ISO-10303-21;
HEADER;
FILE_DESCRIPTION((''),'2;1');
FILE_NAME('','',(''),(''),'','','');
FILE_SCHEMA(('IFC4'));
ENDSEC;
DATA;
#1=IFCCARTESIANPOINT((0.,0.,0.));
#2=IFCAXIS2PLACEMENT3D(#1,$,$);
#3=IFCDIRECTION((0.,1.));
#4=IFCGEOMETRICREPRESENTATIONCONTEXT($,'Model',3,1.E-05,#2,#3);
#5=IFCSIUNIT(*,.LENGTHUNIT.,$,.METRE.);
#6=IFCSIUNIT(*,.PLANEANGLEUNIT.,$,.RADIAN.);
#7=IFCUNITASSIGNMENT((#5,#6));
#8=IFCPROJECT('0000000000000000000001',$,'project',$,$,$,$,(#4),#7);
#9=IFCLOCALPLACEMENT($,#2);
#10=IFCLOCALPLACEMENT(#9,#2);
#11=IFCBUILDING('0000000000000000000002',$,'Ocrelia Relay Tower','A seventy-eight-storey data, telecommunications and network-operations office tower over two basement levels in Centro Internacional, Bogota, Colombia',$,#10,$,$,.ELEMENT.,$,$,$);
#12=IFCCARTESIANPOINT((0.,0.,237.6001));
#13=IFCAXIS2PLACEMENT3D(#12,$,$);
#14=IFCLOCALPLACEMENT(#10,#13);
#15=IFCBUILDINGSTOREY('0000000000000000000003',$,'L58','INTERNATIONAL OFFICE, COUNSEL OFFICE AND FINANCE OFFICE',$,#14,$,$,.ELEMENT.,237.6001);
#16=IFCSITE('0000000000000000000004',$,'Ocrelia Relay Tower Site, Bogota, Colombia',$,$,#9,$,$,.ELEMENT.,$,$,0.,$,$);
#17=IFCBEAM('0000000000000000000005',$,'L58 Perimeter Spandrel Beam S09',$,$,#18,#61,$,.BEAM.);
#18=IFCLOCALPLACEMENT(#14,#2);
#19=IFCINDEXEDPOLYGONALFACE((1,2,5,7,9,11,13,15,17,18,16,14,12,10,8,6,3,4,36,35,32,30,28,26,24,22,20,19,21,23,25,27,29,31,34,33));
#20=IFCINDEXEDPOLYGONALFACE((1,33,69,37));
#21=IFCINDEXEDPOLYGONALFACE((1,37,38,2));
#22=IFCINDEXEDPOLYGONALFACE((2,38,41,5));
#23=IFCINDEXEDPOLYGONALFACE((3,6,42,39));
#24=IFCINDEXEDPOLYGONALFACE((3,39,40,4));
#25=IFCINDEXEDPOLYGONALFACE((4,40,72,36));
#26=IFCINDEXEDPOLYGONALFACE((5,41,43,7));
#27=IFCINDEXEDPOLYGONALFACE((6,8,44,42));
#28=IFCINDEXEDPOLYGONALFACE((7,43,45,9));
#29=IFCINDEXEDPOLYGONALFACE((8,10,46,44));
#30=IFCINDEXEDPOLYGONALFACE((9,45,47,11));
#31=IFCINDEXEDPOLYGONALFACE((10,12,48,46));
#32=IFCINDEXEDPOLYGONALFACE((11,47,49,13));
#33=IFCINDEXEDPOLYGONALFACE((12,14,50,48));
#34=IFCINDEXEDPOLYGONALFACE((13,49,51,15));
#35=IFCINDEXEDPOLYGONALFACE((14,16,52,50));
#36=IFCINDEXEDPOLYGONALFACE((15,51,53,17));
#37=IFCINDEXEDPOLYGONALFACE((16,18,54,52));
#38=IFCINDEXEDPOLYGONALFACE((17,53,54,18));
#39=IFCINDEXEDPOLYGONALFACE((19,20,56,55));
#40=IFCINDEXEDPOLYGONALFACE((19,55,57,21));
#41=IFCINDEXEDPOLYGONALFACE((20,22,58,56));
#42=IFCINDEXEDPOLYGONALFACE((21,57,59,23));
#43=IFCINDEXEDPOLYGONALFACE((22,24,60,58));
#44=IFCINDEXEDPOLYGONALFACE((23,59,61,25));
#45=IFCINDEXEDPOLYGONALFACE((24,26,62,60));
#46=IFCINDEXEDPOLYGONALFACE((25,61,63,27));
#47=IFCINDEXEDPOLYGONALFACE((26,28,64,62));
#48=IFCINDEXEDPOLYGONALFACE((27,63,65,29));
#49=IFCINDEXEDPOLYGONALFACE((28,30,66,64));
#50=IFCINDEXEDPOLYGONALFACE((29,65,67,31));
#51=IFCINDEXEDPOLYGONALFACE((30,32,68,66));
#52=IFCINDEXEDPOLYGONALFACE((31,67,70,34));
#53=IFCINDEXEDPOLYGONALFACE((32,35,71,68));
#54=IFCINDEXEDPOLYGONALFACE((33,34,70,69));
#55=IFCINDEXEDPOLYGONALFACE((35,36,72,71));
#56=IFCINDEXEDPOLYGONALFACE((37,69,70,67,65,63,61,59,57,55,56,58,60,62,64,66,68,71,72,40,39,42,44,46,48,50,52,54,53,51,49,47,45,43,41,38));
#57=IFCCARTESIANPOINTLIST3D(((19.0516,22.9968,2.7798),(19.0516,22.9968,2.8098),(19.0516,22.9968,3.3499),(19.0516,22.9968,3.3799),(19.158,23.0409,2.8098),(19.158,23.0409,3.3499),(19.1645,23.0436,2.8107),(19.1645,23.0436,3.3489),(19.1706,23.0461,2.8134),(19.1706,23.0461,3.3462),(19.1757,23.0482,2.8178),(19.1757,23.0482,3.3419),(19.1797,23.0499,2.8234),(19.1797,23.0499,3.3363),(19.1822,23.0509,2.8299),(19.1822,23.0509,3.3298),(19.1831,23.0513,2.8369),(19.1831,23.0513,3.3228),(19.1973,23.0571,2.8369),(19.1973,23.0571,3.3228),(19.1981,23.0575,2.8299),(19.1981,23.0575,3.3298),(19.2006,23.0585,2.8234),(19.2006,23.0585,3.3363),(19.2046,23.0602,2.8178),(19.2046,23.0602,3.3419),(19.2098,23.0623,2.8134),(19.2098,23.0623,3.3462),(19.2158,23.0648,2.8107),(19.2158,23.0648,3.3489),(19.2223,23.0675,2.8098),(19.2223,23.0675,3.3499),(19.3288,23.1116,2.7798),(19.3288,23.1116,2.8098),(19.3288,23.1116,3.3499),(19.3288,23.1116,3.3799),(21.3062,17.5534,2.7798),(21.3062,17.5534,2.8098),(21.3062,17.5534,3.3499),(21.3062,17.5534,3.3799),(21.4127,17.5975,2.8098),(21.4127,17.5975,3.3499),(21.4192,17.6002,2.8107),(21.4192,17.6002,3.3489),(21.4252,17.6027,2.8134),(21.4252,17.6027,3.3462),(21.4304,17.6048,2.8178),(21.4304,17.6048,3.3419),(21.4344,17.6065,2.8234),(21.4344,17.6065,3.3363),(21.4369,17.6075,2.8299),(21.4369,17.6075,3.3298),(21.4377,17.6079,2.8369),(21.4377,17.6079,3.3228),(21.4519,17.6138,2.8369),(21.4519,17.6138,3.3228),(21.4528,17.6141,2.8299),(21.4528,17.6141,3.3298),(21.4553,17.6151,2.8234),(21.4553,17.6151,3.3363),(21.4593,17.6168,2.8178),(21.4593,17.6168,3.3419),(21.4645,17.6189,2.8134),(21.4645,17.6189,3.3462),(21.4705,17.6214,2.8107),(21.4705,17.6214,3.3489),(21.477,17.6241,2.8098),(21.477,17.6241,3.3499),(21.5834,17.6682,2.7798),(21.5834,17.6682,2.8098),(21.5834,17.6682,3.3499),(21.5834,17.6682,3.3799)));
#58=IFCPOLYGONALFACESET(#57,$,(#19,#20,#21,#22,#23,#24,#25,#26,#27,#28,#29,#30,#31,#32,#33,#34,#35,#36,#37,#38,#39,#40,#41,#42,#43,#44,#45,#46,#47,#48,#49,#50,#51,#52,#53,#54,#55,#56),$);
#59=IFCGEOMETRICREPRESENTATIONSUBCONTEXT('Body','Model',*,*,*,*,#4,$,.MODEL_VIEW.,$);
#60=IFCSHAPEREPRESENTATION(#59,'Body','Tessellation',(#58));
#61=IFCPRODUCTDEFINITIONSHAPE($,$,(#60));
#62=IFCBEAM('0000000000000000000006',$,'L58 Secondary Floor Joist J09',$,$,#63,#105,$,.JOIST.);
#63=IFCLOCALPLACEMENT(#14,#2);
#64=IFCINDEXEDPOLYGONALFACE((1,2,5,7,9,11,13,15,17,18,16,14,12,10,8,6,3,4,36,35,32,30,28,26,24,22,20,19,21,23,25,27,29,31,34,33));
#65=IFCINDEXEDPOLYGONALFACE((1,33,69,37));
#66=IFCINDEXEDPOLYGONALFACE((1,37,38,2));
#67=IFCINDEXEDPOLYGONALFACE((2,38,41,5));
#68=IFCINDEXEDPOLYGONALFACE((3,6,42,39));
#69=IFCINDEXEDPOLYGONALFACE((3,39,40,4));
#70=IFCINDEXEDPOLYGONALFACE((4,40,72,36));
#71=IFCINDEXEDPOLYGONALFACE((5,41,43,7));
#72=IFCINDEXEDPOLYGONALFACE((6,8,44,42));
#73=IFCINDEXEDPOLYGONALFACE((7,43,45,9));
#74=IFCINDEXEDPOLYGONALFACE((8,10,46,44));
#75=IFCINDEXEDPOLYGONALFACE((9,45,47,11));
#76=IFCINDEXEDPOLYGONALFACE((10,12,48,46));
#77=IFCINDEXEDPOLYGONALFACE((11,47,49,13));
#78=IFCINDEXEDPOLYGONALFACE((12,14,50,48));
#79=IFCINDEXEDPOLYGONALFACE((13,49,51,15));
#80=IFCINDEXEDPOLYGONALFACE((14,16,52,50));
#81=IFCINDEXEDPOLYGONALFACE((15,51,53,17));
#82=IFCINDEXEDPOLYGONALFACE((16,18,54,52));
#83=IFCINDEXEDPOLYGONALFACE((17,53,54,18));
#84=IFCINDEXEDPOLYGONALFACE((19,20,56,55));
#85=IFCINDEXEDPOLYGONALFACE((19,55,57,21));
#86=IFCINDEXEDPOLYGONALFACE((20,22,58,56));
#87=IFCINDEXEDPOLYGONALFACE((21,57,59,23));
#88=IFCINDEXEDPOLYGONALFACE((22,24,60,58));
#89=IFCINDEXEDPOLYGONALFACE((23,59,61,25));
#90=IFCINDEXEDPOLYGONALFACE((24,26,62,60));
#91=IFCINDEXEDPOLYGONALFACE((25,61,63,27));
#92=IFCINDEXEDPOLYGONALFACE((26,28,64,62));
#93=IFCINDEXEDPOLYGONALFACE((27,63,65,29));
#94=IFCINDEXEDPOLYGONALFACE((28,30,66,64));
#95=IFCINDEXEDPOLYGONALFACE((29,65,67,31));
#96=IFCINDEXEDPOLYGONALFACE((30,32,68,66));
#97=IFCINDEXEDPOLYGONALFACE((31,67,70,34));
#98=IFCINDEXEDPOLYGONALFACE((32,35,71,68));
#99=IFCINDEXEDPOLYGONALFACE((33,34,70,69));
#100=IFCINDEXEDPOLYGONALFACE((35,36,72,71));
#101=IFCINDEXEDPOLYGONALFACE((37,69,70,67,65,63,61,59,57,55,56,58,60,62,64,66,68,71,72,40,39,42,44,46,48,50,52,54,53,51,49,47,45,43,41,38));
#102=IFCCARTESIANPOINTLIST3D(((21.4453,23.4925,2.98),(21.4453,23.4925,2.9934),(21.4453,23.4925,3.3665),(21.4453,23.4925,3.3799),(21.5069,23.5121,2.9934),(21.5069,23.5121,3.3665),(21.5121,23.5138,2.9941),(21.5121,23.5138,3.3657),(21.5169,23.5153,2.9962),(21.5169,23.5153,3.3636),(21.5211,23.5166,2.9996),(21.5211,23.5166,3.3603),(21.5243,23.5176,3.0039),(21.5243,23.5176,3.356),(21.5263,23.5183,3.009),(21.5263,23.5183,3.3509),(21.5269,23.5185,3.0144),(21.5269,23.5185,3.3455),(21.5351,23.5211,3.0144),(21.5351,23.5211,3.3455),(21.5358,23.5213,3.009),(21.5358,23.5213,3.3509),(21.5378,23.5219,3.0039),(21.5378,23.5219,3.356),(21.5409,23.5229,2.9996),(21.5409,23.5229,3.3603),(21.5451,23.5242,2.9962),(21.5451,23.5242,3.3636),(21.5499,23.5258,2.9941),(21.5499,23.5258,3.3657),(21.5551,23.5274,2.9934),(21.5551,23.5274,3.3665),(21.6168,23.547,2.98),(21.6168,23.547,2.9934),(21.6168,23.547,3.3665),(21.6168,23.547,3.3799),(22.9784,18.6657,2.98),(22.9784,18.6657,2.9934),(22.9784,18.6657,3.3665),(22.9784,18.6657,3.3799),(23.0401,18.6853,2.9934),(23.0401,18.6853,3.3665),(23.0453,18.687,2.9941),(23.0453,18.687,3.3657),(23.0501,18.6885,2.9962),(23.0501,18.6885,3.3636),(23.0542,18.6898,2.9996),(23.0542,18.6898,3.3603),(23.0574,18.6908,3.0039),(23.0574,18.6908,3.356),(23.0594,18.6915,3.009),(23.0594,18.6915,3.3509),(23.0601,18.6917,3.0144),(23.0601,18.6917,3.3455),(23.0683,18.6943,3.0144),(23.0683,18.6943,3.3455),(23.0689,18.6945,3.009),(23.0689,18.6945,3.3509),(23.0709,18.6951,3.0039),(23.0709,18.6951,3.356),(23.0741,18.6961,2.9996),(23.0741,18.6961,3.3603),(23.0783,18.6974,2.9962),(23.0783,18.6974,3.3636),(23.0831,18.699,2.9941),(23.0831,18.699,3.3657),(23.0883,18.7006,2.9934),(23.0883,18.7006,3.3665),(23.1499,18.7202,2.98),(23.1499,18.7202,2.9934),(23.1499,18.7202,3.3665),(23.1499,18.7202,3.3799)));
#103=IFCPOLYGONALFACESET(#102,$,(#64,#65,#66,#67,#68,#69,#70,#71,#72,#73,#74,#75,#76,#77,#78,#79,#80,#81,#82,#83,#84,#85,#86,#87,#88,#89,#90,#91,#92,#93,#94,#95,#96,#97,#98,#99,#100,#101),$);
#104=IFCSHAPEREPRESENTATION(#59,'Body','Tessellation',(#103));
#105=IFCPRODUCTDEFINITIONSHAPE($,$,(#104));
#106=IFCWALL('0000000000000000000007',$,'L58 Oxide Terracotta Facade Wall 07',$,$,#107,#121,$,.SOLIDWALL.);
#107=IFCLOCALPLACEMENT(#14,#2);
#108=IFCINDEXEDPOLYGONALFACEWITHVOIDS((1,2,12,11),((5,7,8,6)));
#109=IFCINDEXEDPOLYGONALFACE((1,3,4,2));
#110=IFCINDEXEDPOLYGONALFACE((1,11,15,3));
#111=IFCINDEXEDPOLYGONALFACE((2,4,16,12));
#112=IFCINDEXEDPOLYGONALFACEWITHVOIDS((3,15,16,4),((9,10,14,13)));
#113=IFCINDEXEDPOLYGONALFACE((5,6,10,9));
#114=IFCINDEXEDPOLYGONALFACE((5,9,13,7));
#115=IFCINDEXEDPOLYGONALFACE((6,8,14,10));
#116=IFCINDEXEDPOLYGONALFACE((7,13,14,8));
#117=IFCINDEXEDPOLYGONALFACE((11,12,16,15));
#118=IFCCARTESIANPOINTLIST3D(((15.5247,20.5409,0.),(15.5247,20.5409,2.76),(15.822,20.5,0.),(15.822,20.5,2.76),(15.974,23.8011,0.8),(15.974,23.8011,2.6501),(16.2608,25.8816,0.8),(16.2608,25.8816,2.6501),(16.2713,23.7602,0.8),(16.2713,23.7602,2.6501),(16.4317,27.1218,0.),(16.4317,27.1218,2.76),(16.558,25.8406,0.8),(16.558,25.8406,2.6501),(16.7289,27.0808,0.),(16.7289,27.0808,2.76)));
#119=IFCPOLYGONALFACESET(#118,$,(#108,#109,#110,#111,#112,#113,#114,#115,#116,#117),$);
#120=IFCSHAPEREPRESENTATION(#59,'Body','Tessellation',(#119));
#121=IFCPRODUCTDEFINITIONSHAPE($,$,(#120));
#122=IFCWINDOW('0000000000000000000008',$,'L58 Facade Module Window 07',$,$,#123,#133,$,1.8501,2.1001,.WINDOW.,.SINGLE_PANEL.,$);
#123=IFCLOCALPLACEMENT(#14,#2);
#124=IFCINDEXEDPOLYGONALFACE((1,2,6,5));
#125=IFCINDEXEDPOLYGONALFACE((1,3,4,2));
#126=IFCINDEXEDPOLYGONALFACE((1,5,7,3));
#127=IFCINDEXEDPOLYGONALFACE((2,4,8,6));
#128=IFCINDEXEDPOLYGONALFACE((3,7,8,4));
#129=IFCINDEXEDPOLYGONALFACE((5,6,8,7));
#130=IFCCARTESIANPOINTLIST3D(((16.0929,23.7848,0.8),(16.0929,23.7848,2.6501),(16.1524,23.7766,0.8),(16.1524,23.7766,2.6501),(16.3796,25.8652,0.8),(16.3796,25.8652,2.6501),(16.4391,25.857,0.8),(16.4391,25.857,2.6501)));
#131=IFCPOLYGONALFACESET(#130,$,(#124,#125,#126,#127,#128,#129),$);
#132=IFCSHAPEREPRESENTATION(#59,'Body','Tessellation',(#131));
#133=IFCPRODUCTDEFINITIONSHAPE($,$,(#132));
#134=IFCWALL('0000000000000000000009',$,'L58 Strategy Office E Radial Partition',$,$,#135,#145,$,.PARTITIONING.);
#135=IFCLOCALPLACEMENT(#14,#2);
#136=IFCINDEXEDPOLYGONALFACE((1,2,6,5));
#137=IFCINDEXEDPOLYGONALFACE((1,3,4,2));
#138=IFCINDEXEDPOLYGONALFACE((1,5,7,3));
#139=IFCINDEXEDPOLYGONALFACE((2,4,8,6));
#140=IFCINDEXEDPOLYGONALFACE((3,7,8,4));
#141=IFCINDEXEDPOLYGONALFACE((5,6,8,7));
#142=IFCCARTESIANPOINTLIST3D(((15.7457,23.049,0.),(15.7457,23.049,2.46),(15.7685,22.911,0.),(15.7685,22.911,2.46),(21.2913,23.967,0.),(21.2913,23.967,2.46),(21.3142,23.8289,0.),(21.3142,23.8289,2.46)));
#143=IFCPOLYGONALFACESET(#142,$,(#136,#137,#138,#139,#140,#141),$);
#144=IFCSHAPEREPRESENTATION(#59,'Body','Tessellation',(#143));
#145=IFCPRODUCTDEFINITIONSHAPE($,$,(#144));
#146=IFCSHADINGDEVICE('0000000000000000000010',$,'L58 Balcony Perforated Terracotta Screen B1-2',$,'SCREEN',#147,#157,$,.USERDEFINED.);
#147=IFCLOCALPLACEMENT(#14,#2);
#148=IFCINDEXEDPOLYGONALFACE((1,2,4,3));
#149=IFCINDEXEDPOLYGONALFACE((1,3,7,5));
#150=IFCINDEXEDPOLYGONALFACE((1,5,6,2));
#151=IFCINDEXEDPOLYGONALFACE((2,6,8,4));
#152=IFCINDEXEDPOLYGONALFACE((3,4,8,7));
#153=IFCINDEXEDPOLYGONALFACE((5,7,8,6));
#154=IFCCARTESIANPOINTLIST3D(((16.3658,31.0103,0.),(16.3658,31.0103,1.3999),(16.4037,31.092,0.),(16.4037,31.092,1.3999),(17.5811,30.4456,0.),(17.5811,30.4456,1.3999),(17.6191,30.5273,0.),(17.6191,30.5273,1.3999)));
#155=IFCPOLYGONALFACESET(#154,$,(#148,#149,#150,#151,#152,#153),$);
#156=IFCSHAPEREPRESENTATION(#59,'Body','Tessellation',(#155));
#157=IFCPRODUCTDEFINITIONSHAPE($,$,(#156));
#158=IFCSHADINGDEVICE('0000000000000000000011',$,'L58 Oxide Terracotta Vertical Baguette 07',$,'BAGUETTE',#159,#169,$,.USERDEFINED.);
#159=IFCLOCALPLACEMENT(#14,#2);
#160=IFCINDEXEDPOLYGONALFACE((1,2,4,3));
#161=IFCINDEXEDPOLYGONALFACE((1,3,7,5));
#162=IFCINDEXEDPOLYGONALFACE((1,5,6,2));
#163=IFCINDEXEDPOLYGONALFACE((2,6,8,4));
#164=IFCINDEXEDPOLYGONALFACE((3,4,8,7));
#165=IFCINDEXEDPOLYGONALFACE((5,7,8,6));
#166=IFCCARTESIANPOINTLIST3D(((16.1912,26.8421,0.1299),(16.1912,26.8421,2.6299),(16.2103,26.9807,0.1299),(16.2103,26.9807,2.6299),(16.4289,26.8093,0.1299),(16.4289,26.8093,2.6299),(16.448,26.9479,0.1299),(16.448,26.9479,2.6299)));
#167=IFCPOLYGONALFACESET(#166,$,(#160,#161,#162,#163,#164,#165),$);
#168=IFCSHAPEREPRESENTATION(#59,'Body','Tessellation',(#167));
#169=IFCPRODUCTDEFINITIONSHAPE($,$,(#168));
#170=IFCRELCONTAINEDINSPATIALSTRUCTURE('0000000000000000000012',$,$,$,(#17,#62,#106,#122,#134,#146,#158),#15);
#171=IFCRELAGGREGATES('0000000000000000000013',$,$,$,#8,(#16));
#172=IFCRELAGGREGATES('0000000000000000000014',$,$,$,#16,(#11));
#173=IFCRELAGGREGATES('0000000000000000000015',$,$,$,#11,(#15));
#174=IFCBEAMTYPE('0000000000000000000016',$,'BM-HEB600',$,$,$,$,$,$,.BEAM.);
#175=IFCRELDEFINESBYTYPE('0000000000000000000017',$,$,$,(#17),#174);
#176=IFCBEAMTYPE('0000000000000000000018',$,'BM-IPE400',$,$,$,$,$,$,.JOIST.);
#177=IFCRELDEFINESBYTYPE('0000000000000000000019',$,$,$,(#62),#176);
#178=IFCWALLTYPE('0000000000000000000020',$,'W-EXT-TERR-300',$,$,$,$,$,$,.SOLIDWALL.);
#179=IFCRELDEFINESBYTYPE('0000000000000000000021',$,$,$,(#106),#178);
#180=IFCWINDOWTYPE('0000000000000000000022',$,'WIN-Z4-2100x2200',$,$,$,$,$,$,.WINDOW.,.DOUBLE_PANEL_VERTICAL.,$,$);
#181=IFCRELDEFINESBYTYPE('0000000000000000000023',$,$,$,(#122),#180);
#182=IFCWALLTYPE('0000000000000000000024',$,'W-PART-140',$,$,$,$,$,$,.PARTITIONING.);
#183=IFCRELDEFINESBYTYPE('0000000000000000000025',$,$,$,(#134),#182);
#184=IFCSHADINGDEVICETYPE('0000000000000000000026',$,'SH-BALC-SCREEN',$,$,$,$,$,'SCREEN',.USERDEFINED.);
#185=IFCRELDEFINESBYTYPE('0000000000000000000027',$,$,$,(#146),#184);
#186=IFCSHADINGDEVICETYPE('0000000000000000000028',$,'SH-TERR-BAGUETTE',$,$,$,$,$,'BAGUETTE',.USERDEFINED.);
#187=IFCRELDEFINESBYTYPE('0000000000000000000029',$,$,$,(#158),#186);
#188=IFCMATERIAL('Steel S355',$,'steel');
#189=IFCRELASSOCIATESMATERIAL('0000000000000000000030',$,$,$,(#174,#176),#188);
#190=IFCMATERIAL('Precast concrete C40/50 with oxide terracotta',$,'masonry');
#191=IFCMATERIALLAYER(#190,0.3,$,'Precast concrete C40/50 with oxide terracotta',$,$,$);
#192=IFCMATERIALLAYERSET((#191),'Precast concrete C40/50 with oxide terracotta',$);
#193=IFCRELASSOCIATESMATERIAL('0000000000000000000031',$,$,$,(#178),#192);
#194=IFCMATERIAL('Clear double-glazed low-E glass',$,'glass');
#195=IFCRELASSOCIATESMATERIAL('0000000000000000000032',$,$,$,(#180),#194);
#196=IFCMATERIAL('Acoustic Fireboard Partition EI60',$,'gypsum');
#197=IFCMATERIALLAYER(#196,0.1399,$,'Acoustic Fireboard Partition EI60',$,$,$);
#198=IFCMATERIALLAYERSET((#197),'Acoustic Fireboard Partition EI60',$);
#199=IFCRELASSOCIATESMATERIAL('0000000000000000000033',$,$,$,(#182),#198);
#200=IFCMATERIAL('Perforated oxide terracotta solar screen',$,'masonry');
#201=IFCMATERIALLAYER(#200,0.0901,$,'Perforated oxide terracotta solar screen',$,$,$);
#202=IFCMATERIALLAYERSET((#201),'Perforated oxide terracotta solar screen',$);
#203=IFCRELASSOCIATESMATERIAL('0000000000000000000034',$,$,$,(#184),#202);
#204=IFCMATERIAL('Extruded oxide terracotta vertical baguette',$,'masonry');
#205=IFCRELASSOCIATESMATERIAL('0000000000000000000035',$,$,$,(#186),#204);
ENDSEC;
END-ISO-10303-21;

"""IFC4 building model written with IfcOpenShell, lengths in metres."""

from ifc_helpers import new_model, si_unit, direction, frame, frame_2d, origin, origin_2d, place, context, subcontext, project, spatial, rectangle, i_section, extrude, material, layer, layer_set, material_profile, profile_set, type_object, element, fill, save


model = new_model("IFC4")

# Units and contexts
model_context = context("Model", 3, precision=1e-05, world=origin(), true_north=direction((0.0, 1.0)))
body_context = subcontext(model_context, "Body", "Model", "MODEL_VIEW")
ifc_project = project(units=[si_unit("LENGTHUNIT", "METRE"), si_unit("PLANEANGLEUNIT", "RADIAN")], contexts=[model_context])

# Site, building, storey
site_placement = place(None, origin())
site = spatial("IfcSite", under=ifc_project, at=site_placement, Name="Ocrelia Relay Tower Site, Bogota, Colombia", CompositionType="ELEMENT", RefElevation=0.0)
building_placement = place(site_placement, origin())
building = spatial("IfcBuilding", under=site, at=building_placement, Name="Ocrelia Relay Tower", Description="A seventy-eight-storey data, telecommunications and network-operations office tower over two basement levels in Centro Internacional, Bogota, Colombia", CompositionType="ELEMENT")
storey_placement = place(building_placement, frame((0.0, 0.0, 237.6001)))
storey = spatial("IfcBuildingStorey", under=building, at=storey_placement, Name="L58", Description="INTERNATIONAL OFFICE, COUNSEL OFFICE AND FINANCE OFFICE", CompositionType="ELEMENT", Elevation=237.6001)

# Beams
ifc_material_1 = material(Name="Steel S355", Category="steel")
ifc_material_profile_1 = material_profile(ifc_material_1, i_section(OverallWidth=0.3, OverallDepth=0.6001, WebThickness=0.0154, FlangeThickness=0.03, FilletRadius=0.0271, at=origin_2d()), Name="HEB 600")
ifc_profile_set_1 = profile_set([ifc_material_profile_1], Name="Steel S355")
beam_type_1 = type_object("IfcBeamType", Name="BM-HEB600", PredefinedType="BEAM", material=ifc_profile_set_1)
beam_1_placement = place(storey_placement, frame((19.1902, 23.0542, 3.0798), z_axis=(0.382673, -0.923884, 0.0), x_axis=(0.923884, 0.382673, 0.0)))
element("IfcBeam", 1, at=beam_1_placement, inside=storey, type_object=beam_type_1, Name="L58 Perimeter Spandrel Beam S09", PredefinedType="BEAM", context=body_context, shape_type="SweptSolid", body=[
    extrude(i_section(OverallWidth=0.3, OverallDepth=0.6001, WebThickness=0.0154, FlangeThickness=0.03, FilletRadius=0.0271, at=origin_2d()), origin(), (0.0, 0.0, 1.0), 5.8918),
])
ifc_material_profile_2 = material_profile(ifc_material_1, i_section(OverallWidth=0.1799, OverallDepth=0.3999, WebThickness=0.0085, FlangeThickness=0.0134, FilletRadius=0.021, at=origin_2d()), Name="IPE 400")
ifc_profile_set_2 = profile_set([ifc_material_profile_2], Name="Steel S355")
beam_type_2 = type_object("IfcBeamType", Name="BM-IPE400", PredefinedType="JOIST", material=ifc_profile_set_2)
beam_2_placement = place(storey_placement, frame((21.531, 23.5198, 3.1799), z_axis=(0.302732, -0.953076, 0.0), x_axis=(0.953076, 0.302732, 0.0)))
element("IfcBeam", 2, at=beam_2_placement, inside=storey, type_object=beam_type_2, Name="L58 Secondary Floor Joist J09", PredefinedType="JOIST", context=body_context, shape_type="SweptSolid", body=[
    extrude(i_section(OverallWidth=0.1799, OverallDepth=0.3999, WebThickness=0.0085, FlangeThickness=0.0134, FilletRadius=0.021, at=origin_2d()), origin(), (0.0, 0.0, 1.0), 5.0645),
])

# Wall, opening, window
ifc_material_2 = material(Name="Precast concrete C40/50 with oxide terracotta", Category="masonry")
ifc_layer_1 = layer(ifc_material_2, 0.3, Name="Precast concrete C40/50 with oxide terracotta")
ifc_layer_set_1 = layer_set([ifc_layer_1], Name="Precast concrete C40/50 with oxide terracotta")
wall_type_1 = type_object("IfcWallType", Name="W-EXT-TERR-300", PredefinedType="SOLIDWALL", material=ifc_layer_set_1)
wall_1_placement = place(storey_placement, frame((16.5803, 27.1013, 0.0), z_axis=(0.0, 0.0, 1.0), x_axis=(-0.136532, -0.990636, 0.0)))
wall_1 = element("IfcWall", 3, at=wall_1_placement, inside=storey, type_object=wall_type_1, Name="L58 Oxide Terracotta Facade Wall 07", PredefinedType="SOLIDWALL", context=body_context, shape_type="SweptSolid", body=[
    extrude(rectangle(XDim=6.6431, YDim=0.3, at=frame_2d((3.3215, 0.0))), origin(), (0.0, 0.0, 1.0), 2.76),
])
opening_1_placement = place(wall_1_placement, frame((1.252, 0.0, 0.8)))
opening_1 = element("IfcOpeningElement", 4, at=opening_1_placement, cuts=wall_1, PredefinedType="OPENING", context=body_context, shape_type="SweptSolid", body=[
    extrude(rectangle(XDim=2.1001, YDim=1.8501, at=frame_2d((1.05, 0.925))), frame((0.0, 0.1602, 0.0), z_axis=(0.0, -1.0, 0.0), x_axis=(1.0, 0.0, 0.0)), (0.0, 0.0, 1.0), 0.3201),
])
ifc_material_3 = material(Name="Clear double-glazed low-E glass", Category="glass")
window_type = type_object("IfcWindowType", Name="WIN-Z4-2100x2200", PartitioningType="DOUBLE_PANEL_VERTICAL", PredefinedType="WINDOW", material=ifc_material_3)
window_placement = place(opening_1_placement, origin())
window = element("IfcWindow", 5, at=window_placement, inside=storey, type_object=window_type, Name="L58 Facade Module Window 07", OverallHeight=1.8501, OverallWidth=2.1001, PartitioningType="SINGLE_PANEL", PredefinedType="WINDOW", context=body_context, shape_type="SweptSolid", body=[
    extrude(rectangle(XDim=2.1001, YDim=1.8501, at=frame_2d((1.05, 0.925))), frame((0.0, 0.03, 0.0), z_axis=(0.0, -1.0, 0.0), x_axis=(1.0, 0.0, 0.0)), (0.0, 0.0, 1.0), 0.0601),
])
fill(opening_1, window)

# Wall
ifc_material_4 = material(Name="Acoustic Fireboard Partition EI60", Category="gypsum")
ifc_layer_2 = layer(ifc_material_4, 0.1399, Name="Acoustic Fireboard Partition EI60")
ifc_layer_set_2 = layer_set([ifc_layer_2], Name="Acoustic Fireboard Partition EI60")
wall_type_2 = type_object("IfcWallType", Name="W-PART-140", PredefinedType="PARTITIONING", material=ifc_layer_set_2)
wall_2_placement = place(storey_placement, frame((21.3027, 23.8979, 0.0), z_axis=(0.0, 0.0, 1.0), x_axis=(-0.986575, -0.163307, 0.0)))
element("IfcWall", 6, at=wall_2_placement, inside=storey, type_object=wall_type_2, Name="L58 Strategy Office E Radial Partition", PredefinedType="PARTITIONING", context=body_context, shape_type="SweptSolid", body=[
    extrude(rectangle(XDim=5.6211, YDim=0.1399, at=frame_2d((2.8105, 0.0))), origin(), (0.0, 0.0, 1.0), 2.46),
])

# Shading devices
ifc_material_5 = material(Name="Perforated oxide terracotta solar screen", Category="masonry")
ifc_layer_3 = layer(ifc_material_5, 0.0901, Name="Perforated oxide terracotta solar screen")
ifc_layer_set_3 = layer_set([ifc_layer_3], Name="Perforated oxide terracotta solar screen")
shading_device_type_1 = type_object("IfcShadingDeviceType", Name="SH-BALC-SCREEN", ElementType="SCREEN", PredefinedType="USERDEFINED", material=ifc_layer_set_3)
shading_device_1_placement = place(storey_placement, frame((16.9924, 30.7688, 0.0), z_axis=(0.0, 0.0, 1.0), x_axis=(-0.906904, 0.421337, 0.0)))
element("IfcShadingDevice", 7, at=shading_device_1_placement, inside=storey, type_object=shading_device_type_1, Name="L58 Balcony Perforated Terracotta Screen B1-2", ObjectType="SCREEN", PredefinedType="USERDEFINED", context=body_context, shape_type="SweptSolid", body=[
    extrude(rectangle(XDim=1.3401, YDim=0.0901, at=origin_2d()), origin(), (0.0, 0.0, 1.0), 1.3999),
])
ifc_material_6 = material(Name="Extruded oxide terracotta vertical baguette", Category="masonry")
shading_device_type_2 = type_object("IfcShadingDeviceType", Name="SH-TERR-BAGUETTE", ElementType="BAGUETTE", PredefinedType="USERDEFINED", material=ifc_material_6)
shading_device_2_placement = place(storey_placement, frame((16.3196, 26.895, 0.1299), z_axis=(0.0, 0.0, 1.0), x_axis=(-0.136516, -0.990638, 0.0)))
element("IfcShadingDevice", 8, at=shading_device_2_placement, inside=storey, type_object=shading_device_type_2, Name="L58 Oxide Terracotta Vertical Baguette 07", ObjectType="BAGUETTE", PredefinedType="USERDEFINED", context=body_context, shape_type="SweptSolid", body=[
    extrude(rectangle(XDim=0.1399, YDim=0.24, at=origin_2d()), origin(), (0.0, 0.0, 1.0), 2.5),
])

save(model, "model.ifc")
